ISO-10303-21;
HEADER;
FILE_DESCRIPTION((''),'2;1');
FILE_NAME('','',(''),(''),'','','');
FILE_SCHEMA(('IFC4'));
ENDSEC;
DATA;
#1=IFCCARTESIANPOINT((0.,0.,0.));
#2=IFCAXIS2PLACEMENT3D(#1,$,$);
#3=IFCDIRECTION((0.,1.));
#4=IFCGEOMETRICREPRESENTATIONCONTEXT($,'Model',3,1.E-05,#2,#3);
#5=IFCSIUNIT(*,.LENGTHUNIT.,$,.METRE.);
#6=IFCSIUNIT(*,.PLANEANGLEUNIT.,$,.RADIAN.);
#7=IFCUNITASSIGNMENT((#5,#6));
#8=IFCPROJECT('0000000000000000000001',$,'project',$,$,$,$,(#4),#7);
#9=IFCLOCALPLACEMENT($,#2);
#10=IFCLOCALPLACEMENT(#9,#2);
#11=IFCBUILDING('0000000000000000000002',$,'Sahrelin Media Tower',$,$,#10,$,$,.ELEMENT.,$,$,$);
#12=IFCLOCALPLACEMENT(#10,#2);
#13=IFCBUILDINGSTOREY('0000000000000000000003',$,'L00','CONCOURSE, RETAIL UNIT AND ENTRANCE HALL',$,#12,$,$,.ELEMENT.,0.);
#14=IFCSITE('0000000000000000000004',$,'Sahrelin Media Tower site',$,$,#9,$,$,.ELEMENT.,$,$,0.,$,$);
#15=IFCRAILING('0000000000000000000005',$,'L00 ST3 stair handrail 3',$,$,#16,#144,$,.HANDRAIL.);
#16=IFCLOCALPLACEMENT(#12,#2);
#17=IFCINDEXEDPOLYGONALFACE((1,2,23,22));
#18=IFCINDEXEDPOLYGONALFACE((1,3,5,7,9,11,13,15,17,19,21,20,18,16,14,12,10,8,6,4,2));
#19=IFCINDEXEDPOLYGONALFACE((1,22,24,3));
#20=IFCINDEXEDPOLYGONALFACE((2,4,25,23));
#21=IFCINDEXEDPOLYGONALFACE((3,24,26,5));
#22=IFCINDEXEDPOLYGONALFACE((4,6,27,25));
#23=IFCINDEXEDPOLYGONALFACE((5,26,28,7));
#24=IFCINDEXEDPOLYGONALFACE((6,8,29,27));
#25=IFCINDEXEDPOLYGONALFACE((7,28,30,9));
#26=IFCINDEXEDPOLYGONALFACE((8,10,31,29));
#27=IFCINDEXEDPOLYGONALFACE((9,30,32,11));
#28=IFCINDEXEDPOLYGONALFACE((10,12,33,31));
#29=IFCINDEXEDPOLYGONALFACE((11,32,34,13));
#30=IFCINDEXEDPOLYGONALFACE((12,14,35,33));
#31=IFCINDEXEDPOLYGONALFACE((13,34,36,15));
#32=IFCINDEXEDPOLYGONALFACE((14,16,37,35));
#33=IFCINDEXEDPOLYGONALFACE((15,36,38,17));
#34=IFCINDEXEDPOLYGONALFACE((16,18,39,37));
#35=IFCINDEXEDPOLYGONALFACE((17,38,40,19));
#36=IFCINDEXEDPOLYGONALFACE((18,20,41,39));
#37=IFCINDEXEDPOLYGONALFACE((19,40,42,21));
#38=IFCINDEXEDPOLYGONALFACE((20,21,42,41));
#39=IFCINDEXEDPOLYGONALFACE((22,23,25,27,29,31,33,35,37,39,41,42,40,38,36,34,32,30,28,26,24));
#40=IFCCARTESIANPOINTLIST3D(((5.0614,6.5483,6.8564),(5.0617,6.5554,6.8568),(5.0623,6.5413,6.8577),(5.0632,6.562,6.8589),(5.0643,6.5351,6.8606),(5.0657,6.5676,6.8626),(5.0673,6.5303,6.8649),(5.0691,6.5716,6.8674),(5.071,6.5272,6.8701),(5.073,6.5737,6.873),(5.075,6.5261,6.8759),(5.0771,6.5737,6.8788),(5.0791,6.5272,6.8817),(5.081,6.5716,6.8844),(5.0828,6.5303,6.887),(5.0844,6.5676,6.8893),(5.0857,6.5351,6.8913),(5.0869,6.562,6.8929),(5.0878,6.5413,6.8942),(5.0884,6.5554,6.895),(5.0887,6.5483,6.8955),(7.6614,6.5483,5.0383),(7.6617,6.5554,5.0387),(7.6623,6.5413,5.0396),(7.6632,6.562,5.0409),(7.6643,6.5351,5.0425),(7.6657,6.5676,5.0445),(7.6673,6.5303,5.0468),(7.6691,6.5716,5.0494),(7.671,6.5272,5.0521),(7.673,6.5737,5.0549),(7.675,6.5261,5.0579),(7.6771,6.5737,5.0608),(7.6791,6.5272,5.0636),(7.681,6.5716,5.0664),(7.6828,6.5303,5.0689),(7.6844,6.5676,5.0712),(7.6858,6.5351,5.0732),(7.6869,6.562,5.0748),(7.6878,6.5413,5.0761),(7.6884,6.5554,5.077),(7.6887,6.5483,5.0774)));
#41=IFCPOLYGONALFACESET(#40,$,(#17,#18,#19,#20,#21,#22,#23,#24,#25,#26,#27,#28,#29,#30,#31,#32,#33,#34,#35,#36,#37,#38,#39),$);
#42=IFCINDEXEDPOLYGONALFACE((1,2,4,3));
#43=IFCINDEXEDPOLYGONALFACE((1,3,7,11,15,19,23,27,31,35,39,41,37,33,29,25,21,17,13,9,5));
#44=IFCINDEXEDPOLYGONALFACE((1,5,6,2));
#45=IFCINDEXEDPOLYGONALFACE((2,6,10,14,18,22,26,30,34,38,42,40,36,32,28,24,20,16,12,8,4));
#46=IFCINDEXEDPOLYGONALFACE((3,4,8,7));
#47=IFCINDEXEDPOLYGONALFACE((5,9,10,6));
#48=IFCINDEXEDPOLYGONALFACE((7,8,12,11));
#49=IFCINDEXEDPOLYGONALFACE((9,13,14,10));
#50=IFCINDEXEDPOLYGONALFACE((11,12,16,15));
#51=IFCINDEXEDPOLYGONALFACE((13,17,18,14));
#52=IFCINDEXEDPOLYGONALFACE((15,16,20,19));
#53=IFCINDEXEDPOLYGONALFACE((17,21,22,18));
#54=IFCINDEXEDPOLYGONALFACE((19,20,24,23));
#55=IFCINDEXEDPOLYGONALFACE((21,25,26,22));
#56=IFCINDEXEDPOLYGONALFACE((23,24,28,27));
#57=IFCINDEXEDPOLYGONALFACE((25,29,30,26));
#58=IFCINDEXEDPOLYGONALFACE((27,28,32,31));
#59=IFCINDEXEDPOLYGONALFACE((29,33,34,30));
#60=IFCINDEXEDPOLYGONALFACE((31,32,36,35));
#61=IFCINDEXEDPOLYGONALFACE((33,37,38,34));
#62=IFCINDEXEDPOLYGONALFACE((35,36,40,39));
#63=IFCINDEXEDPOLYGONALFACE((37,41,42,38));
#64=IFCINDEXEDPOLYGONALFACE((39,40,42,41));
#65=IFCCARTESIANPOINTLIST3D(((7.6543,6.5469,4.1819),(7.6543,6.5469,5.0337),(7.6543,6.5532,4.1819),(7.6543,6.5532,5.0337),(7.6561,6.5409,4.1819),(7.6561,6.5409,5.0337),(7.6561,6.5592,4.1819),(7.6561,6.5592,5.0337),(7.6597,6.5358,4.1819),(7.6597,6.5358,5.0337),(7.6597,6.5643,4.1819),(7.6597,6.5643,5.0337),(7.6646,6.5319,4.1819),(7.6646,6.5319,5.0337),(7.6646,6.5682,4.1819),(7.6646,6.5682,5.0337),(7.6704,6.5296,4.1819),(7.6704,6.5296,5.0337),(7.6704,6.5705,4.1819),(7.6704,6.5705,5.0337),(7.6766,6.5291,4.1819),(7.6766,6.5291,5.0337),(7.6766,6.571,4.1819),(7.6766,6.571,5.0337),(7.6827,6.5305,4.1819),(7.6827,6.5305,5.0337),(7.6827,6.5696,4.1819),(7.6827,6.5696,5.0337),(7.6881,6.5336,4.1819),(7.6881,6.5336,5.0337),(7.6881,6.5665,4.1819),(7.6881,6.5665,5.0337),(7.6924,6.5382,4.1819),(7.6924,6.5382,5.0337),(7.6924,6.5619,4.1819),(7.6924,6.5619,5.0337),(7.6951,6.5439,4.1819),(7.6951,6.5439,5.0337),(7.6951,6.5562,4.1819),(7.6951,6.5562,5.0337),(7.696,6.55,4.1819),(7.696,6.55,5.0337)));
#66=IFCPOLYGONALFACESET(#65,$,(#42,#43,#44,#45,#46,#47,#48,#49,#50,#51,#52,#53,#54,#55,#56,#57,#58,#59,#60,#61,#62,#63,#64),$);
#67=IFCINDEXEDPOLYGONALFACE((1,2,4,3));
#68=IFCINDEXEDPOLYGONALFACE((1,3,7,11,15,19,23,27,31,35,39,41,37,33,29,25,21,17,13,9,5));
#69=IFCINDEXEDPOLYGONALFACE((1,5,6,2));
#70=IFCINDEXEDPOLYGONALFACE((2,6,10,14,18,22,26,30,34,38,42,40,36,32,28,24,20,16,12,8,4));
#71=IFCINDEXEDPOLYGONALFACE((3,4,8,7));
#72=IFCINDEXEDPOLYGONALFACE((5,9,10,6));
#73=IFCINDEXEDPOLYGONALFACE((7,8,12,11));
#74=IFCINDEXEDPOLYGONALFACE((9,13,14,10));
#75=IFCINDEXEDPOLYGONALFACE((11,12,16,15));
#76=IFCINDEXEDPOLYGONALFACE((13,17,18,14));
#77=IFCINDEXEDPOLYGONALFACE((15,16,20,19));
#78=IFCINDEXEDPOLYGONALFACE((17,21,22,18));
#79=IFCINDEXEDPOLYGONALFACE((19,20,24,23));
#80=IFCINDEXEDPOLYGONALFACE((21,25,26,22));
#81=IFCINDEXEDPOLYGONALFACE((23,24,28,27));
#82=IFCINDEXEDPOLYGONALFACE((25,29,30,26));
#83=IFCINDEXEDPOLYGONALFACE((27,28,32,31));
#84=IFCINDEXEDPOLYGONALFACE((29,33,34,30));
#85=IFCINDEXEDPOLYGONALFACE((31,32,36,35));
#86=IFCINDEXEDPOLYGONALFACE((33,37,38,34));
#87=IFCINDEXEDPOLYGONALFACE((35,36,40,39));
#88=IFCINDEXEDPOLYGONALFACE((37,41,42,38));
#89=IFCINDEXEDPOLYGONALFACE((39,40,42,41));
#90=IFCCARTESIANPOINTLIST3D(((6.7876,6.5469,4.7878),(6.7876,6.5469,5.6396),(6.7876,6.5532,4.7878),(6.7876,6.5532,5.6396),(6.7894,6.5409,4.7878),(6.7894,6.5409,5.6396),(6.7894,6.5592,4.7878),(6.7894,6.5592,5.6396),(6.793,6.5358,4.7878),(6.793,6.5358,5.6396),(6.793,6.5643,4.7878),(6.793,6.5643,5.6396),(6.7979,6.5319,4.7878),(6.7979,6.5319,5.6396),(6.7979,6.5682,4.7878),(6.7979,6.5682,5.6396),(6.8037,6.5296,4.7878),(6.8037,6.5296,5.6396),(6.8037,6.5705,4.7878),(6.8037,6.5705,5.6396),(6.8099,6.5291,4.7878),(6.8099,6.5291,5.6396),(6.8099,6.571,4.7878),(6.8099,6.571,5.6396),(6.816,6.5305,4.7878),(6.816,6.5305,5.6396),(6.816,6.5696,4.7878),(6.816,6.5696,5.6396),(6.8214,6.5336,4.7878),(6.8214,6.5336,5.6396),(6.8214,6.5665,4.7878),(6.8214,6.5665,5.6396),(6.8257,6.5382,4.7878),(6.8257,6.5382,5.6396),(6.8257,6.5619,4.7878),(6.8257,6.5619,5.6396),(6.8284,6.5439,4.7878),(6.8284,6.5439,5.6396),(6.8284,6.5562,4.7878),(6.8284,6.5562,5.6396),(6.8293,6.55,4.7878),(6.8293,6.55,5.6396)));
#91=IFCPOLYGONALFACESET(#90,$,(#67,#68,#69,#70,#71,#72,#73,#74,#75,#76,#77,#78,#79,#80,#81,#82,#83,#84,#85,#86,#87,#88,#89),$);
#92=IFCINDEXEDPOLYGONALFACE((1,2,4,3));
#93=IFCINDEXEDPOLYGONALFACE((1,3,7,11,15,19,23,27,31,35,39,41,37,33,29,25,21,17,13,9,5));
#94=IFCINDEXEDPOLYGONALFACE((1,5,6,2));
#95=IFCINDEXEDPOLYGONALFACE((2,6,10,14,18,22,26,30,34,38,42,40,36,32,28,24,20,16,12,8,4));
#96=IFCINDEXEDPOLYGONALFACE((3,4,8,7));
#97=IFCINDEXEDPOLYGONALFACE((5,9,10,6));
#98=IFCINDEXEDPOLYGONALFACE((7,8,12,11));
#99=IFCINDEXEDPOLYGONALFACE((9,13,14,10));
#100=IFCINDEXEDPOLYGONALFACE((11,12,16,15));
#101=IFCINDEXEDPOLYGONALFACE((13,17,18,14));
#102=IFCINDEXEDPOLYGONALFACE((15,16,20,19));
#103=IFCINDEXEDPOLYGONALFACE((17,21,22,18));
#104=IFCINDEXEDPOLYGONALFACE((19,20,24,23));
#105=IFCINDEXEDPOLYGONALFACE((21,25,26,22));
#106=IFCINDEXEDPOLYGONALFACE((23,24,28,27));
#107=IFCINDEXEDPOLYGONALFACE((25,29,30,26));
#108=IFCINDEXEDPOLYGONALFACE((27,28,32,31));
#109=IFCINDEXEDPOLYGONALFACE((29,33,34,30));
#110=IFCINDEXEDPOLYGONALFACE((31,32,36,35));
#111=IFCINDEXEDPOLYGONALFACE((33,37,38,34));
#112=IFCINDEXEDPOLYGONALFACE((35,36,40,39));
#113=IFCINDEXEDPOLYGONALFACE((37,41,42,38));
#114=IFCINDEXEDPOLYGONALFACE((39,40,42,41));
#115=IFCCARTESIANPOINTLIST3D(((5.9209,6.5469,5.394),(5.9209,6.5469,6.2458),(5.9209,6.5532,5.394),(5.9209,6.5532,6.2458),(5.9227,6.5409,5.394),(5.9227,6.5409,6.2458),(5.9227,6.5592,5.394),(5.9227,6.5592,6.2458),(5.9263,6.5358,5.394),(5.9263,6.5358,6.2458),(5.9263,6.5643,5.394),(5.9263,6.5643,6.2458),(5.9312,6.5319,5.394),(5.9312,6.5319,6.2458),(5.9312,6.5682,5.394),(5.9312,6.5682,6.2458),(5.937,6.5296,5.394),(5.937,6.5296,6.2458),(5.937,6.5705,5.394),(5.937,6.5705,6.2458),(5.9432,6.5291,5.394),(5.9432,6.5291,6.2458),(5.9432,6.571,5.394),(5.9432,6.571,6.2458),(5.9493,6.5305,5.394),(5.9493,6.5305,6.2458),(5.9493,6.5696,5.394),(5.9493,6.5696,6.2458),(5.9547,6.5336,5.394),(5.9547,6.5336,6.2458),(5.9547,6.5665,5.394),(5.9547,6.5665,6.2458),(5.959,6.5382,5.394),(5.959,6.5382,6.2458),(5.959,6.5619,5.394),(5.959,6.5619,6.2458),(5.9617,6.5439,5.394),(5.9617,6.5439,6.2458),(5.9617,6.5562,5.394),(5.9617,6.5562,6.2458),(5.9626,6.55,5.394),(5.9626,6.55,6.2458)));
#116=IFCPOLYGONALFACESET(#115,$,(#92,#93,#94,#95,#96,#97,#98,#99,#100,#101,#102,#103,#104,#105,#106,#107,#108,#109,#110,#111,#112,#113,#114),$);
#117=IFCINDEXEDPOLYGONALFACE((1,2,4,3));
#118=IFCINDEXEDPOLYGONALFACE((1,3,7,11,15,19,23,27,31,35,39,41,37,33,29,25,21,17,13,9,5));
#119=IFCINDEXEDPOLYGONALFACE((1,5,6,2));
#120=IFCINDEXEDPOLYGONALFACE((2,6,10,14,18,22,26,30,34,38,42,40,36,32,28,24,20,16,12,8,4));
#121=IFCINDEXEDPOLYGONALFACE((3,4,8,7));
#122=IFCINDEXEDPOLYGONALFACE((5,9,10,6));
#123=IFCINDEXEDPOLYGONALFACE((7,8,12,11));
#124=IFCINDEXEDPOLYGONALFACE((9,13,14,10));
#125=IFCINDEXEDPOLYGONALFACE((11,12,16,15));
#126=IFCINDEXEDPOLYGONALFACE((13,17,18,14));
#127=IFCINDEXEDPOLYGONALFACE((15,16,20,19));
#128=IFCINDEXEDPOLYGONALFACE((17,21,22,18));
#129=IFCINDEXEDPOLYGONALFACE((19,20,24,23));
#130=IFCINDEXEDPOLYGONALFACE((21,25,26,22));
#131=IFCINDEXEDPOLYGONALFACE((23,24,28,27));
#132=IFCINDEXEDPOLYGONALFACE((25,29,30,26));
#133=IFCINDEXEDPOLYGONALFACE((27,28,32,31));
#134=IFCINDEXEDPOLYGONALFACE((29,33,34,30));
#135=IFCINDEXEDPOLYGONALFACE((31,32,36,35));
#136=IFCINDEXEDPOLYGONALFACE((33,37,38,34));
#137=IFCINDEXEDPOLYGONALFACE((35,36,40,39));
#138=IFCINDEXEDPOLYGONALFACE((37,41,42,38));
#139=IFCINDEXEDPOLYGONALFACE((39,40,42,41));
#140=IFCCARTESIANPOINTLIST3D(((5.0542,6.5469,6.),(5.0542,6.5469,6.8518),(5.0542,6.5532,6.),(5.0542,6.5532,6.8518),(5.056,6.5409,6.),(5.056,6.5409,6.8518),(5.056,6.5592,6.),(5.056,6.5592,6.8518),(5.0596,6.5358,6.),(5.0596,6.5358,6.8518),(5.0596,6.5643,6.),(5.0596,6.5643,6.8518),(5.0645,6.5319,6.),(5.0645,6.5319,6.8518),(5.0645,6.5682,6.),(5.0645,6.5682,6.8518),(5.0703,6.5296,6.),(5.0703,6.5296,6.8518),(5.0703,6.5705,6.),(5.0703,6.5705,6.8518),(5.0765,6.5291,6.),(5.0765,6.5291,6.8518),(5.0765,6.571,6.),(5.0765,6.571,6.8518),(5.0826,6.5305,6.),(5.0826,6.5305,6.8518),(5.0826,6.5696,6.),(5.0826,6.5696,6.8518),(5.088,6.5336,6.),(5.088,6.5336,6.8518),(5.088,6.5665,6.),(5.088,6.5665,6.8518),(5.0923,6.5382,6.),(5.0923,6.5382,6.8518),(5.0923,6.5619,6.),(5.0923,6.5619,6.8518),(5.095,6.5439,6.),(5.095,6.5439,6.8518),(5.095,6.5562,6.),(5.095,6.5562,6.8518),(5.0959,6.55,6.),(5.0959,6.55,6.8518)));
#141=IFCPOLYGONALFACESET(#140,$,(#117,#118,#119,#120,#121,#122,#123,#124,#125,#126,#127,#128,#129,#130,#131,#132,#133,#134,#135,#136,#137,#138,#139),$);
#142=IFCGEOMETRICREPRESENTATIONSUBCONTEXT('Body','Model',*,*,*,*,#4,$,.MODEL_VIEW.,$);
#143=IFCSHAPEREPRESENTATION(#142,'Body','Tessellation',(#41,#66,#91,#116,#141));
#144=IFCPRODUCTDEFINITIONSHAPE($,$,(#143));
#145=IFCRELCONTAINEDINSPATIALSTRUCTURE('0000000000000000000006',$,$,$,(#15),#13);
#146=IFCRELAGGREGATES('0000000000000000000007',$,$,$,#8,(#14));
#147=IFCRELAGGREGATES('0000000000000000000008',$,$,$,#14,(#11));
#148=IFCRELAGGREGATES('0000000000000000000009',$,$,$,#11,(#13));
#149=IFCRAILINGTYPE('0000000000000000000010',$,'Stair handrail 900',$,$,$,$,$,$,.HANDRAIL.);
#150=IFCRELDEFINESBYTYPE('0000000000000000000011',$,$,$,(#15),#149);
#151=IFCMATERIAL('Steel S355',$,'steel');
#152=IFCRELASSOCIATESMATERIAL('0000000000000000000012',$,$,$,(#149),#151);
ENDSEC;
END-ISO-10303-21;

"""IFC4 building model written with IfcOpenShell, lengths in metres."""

from ifc_helpers import new_model, si_unit, direction, frame, origin, origin_2d, place, context, subcontext, project, spatial, circle, extrude, material, type_object, element, save


model = new_model("IFC4")

# Units and contexts
model_context = context("Model", 3, precision=1e-05, world=origin(), true_north=direction((0.0, 1.0)))
body_context = subcontext(model_context, "Body", "Model", "MODEL_VIEW")
ifc_project = project(units=[si_unit("LENGTHUNIT", "METRE"), si_unit("PLANEANGLEUNIT", "RADIAN")], contexts=[model_context])

# Site, building, storey
site_placement = place(None, origin())
site = spatial("IfcSite", under=ifc_project, at=site_placement, Name="Sahrelin Media Tower site", CompositionType="ELEMENT", RefElevation=0.0)
building_placement = place(site_placement, origin())
building = spatial("IfcBuilding", under=site, at=building_placement, Name="Sahrelin Media Tower", CompositionType="ELEMENT")
storey_placement = place(building_placement, origin())
storey = spatial("IfcBuildingStorey", under=building, at=storey_placement, Name="L00", Description="CONCOURSE, RETAIL UNIT AND ENTRANCE HALL", CompositionType="ELEMENT", Elevation=0.0)

# Shared definitions
ifc_material_1 = material(Name="Steel S355", Category="steel")

# Railing
railing_type_1 = type_object("IfcRailingType", Name="Stair handrail 900", PredefinedType="HANDRAIL", material=ifc_material_1)
for number, where, name in (
    (1, (7.675, 6.55, 4.1819), "L00 ST3 stair handrail 3"),
):
    element("IfcRailing", number, at=place(storey_placement, frame(where)), inside=storey, type_object=railing_type_1, Name=name, PredefinedType="HANDRAIL", context=body_context, shape_type="SweptSolid", body=[
        extrude(circle(Radius=0.0239, at=origin_2d()), frame((0.0, 0.0, 0.876), z_axis=(-0.819521, 0.0, 0.573049), x_axis=(0.0, -1.0, 0.0)), (0.0, 0.0, 1.0), 3.1726),
        extrude(circle(Radius=0.021, at=origin_2d()), origin(), (0.0, 0.0, 1.0), 0.8518),
        extrude(circle(Radius=0.021, at=origin_2d()), frame((-0.8667, 0.0, 0.606)), (0.0, 0.0, 1.0), 0.8518),
        extrude(circle(Radius=0.021, at=origin_2d()), frame((-1.7334, 0.0, 1.2122)), (0.0, 0.0, 1.0), 0.8518),
        extrude(circle(Radius=0.021, at=origin_2d()), frame((-2.6001, 0.0, 1.8181)), (0.0, 0.0, 1.0), 0.8518),
    ])

save(model, "model.ifc")
